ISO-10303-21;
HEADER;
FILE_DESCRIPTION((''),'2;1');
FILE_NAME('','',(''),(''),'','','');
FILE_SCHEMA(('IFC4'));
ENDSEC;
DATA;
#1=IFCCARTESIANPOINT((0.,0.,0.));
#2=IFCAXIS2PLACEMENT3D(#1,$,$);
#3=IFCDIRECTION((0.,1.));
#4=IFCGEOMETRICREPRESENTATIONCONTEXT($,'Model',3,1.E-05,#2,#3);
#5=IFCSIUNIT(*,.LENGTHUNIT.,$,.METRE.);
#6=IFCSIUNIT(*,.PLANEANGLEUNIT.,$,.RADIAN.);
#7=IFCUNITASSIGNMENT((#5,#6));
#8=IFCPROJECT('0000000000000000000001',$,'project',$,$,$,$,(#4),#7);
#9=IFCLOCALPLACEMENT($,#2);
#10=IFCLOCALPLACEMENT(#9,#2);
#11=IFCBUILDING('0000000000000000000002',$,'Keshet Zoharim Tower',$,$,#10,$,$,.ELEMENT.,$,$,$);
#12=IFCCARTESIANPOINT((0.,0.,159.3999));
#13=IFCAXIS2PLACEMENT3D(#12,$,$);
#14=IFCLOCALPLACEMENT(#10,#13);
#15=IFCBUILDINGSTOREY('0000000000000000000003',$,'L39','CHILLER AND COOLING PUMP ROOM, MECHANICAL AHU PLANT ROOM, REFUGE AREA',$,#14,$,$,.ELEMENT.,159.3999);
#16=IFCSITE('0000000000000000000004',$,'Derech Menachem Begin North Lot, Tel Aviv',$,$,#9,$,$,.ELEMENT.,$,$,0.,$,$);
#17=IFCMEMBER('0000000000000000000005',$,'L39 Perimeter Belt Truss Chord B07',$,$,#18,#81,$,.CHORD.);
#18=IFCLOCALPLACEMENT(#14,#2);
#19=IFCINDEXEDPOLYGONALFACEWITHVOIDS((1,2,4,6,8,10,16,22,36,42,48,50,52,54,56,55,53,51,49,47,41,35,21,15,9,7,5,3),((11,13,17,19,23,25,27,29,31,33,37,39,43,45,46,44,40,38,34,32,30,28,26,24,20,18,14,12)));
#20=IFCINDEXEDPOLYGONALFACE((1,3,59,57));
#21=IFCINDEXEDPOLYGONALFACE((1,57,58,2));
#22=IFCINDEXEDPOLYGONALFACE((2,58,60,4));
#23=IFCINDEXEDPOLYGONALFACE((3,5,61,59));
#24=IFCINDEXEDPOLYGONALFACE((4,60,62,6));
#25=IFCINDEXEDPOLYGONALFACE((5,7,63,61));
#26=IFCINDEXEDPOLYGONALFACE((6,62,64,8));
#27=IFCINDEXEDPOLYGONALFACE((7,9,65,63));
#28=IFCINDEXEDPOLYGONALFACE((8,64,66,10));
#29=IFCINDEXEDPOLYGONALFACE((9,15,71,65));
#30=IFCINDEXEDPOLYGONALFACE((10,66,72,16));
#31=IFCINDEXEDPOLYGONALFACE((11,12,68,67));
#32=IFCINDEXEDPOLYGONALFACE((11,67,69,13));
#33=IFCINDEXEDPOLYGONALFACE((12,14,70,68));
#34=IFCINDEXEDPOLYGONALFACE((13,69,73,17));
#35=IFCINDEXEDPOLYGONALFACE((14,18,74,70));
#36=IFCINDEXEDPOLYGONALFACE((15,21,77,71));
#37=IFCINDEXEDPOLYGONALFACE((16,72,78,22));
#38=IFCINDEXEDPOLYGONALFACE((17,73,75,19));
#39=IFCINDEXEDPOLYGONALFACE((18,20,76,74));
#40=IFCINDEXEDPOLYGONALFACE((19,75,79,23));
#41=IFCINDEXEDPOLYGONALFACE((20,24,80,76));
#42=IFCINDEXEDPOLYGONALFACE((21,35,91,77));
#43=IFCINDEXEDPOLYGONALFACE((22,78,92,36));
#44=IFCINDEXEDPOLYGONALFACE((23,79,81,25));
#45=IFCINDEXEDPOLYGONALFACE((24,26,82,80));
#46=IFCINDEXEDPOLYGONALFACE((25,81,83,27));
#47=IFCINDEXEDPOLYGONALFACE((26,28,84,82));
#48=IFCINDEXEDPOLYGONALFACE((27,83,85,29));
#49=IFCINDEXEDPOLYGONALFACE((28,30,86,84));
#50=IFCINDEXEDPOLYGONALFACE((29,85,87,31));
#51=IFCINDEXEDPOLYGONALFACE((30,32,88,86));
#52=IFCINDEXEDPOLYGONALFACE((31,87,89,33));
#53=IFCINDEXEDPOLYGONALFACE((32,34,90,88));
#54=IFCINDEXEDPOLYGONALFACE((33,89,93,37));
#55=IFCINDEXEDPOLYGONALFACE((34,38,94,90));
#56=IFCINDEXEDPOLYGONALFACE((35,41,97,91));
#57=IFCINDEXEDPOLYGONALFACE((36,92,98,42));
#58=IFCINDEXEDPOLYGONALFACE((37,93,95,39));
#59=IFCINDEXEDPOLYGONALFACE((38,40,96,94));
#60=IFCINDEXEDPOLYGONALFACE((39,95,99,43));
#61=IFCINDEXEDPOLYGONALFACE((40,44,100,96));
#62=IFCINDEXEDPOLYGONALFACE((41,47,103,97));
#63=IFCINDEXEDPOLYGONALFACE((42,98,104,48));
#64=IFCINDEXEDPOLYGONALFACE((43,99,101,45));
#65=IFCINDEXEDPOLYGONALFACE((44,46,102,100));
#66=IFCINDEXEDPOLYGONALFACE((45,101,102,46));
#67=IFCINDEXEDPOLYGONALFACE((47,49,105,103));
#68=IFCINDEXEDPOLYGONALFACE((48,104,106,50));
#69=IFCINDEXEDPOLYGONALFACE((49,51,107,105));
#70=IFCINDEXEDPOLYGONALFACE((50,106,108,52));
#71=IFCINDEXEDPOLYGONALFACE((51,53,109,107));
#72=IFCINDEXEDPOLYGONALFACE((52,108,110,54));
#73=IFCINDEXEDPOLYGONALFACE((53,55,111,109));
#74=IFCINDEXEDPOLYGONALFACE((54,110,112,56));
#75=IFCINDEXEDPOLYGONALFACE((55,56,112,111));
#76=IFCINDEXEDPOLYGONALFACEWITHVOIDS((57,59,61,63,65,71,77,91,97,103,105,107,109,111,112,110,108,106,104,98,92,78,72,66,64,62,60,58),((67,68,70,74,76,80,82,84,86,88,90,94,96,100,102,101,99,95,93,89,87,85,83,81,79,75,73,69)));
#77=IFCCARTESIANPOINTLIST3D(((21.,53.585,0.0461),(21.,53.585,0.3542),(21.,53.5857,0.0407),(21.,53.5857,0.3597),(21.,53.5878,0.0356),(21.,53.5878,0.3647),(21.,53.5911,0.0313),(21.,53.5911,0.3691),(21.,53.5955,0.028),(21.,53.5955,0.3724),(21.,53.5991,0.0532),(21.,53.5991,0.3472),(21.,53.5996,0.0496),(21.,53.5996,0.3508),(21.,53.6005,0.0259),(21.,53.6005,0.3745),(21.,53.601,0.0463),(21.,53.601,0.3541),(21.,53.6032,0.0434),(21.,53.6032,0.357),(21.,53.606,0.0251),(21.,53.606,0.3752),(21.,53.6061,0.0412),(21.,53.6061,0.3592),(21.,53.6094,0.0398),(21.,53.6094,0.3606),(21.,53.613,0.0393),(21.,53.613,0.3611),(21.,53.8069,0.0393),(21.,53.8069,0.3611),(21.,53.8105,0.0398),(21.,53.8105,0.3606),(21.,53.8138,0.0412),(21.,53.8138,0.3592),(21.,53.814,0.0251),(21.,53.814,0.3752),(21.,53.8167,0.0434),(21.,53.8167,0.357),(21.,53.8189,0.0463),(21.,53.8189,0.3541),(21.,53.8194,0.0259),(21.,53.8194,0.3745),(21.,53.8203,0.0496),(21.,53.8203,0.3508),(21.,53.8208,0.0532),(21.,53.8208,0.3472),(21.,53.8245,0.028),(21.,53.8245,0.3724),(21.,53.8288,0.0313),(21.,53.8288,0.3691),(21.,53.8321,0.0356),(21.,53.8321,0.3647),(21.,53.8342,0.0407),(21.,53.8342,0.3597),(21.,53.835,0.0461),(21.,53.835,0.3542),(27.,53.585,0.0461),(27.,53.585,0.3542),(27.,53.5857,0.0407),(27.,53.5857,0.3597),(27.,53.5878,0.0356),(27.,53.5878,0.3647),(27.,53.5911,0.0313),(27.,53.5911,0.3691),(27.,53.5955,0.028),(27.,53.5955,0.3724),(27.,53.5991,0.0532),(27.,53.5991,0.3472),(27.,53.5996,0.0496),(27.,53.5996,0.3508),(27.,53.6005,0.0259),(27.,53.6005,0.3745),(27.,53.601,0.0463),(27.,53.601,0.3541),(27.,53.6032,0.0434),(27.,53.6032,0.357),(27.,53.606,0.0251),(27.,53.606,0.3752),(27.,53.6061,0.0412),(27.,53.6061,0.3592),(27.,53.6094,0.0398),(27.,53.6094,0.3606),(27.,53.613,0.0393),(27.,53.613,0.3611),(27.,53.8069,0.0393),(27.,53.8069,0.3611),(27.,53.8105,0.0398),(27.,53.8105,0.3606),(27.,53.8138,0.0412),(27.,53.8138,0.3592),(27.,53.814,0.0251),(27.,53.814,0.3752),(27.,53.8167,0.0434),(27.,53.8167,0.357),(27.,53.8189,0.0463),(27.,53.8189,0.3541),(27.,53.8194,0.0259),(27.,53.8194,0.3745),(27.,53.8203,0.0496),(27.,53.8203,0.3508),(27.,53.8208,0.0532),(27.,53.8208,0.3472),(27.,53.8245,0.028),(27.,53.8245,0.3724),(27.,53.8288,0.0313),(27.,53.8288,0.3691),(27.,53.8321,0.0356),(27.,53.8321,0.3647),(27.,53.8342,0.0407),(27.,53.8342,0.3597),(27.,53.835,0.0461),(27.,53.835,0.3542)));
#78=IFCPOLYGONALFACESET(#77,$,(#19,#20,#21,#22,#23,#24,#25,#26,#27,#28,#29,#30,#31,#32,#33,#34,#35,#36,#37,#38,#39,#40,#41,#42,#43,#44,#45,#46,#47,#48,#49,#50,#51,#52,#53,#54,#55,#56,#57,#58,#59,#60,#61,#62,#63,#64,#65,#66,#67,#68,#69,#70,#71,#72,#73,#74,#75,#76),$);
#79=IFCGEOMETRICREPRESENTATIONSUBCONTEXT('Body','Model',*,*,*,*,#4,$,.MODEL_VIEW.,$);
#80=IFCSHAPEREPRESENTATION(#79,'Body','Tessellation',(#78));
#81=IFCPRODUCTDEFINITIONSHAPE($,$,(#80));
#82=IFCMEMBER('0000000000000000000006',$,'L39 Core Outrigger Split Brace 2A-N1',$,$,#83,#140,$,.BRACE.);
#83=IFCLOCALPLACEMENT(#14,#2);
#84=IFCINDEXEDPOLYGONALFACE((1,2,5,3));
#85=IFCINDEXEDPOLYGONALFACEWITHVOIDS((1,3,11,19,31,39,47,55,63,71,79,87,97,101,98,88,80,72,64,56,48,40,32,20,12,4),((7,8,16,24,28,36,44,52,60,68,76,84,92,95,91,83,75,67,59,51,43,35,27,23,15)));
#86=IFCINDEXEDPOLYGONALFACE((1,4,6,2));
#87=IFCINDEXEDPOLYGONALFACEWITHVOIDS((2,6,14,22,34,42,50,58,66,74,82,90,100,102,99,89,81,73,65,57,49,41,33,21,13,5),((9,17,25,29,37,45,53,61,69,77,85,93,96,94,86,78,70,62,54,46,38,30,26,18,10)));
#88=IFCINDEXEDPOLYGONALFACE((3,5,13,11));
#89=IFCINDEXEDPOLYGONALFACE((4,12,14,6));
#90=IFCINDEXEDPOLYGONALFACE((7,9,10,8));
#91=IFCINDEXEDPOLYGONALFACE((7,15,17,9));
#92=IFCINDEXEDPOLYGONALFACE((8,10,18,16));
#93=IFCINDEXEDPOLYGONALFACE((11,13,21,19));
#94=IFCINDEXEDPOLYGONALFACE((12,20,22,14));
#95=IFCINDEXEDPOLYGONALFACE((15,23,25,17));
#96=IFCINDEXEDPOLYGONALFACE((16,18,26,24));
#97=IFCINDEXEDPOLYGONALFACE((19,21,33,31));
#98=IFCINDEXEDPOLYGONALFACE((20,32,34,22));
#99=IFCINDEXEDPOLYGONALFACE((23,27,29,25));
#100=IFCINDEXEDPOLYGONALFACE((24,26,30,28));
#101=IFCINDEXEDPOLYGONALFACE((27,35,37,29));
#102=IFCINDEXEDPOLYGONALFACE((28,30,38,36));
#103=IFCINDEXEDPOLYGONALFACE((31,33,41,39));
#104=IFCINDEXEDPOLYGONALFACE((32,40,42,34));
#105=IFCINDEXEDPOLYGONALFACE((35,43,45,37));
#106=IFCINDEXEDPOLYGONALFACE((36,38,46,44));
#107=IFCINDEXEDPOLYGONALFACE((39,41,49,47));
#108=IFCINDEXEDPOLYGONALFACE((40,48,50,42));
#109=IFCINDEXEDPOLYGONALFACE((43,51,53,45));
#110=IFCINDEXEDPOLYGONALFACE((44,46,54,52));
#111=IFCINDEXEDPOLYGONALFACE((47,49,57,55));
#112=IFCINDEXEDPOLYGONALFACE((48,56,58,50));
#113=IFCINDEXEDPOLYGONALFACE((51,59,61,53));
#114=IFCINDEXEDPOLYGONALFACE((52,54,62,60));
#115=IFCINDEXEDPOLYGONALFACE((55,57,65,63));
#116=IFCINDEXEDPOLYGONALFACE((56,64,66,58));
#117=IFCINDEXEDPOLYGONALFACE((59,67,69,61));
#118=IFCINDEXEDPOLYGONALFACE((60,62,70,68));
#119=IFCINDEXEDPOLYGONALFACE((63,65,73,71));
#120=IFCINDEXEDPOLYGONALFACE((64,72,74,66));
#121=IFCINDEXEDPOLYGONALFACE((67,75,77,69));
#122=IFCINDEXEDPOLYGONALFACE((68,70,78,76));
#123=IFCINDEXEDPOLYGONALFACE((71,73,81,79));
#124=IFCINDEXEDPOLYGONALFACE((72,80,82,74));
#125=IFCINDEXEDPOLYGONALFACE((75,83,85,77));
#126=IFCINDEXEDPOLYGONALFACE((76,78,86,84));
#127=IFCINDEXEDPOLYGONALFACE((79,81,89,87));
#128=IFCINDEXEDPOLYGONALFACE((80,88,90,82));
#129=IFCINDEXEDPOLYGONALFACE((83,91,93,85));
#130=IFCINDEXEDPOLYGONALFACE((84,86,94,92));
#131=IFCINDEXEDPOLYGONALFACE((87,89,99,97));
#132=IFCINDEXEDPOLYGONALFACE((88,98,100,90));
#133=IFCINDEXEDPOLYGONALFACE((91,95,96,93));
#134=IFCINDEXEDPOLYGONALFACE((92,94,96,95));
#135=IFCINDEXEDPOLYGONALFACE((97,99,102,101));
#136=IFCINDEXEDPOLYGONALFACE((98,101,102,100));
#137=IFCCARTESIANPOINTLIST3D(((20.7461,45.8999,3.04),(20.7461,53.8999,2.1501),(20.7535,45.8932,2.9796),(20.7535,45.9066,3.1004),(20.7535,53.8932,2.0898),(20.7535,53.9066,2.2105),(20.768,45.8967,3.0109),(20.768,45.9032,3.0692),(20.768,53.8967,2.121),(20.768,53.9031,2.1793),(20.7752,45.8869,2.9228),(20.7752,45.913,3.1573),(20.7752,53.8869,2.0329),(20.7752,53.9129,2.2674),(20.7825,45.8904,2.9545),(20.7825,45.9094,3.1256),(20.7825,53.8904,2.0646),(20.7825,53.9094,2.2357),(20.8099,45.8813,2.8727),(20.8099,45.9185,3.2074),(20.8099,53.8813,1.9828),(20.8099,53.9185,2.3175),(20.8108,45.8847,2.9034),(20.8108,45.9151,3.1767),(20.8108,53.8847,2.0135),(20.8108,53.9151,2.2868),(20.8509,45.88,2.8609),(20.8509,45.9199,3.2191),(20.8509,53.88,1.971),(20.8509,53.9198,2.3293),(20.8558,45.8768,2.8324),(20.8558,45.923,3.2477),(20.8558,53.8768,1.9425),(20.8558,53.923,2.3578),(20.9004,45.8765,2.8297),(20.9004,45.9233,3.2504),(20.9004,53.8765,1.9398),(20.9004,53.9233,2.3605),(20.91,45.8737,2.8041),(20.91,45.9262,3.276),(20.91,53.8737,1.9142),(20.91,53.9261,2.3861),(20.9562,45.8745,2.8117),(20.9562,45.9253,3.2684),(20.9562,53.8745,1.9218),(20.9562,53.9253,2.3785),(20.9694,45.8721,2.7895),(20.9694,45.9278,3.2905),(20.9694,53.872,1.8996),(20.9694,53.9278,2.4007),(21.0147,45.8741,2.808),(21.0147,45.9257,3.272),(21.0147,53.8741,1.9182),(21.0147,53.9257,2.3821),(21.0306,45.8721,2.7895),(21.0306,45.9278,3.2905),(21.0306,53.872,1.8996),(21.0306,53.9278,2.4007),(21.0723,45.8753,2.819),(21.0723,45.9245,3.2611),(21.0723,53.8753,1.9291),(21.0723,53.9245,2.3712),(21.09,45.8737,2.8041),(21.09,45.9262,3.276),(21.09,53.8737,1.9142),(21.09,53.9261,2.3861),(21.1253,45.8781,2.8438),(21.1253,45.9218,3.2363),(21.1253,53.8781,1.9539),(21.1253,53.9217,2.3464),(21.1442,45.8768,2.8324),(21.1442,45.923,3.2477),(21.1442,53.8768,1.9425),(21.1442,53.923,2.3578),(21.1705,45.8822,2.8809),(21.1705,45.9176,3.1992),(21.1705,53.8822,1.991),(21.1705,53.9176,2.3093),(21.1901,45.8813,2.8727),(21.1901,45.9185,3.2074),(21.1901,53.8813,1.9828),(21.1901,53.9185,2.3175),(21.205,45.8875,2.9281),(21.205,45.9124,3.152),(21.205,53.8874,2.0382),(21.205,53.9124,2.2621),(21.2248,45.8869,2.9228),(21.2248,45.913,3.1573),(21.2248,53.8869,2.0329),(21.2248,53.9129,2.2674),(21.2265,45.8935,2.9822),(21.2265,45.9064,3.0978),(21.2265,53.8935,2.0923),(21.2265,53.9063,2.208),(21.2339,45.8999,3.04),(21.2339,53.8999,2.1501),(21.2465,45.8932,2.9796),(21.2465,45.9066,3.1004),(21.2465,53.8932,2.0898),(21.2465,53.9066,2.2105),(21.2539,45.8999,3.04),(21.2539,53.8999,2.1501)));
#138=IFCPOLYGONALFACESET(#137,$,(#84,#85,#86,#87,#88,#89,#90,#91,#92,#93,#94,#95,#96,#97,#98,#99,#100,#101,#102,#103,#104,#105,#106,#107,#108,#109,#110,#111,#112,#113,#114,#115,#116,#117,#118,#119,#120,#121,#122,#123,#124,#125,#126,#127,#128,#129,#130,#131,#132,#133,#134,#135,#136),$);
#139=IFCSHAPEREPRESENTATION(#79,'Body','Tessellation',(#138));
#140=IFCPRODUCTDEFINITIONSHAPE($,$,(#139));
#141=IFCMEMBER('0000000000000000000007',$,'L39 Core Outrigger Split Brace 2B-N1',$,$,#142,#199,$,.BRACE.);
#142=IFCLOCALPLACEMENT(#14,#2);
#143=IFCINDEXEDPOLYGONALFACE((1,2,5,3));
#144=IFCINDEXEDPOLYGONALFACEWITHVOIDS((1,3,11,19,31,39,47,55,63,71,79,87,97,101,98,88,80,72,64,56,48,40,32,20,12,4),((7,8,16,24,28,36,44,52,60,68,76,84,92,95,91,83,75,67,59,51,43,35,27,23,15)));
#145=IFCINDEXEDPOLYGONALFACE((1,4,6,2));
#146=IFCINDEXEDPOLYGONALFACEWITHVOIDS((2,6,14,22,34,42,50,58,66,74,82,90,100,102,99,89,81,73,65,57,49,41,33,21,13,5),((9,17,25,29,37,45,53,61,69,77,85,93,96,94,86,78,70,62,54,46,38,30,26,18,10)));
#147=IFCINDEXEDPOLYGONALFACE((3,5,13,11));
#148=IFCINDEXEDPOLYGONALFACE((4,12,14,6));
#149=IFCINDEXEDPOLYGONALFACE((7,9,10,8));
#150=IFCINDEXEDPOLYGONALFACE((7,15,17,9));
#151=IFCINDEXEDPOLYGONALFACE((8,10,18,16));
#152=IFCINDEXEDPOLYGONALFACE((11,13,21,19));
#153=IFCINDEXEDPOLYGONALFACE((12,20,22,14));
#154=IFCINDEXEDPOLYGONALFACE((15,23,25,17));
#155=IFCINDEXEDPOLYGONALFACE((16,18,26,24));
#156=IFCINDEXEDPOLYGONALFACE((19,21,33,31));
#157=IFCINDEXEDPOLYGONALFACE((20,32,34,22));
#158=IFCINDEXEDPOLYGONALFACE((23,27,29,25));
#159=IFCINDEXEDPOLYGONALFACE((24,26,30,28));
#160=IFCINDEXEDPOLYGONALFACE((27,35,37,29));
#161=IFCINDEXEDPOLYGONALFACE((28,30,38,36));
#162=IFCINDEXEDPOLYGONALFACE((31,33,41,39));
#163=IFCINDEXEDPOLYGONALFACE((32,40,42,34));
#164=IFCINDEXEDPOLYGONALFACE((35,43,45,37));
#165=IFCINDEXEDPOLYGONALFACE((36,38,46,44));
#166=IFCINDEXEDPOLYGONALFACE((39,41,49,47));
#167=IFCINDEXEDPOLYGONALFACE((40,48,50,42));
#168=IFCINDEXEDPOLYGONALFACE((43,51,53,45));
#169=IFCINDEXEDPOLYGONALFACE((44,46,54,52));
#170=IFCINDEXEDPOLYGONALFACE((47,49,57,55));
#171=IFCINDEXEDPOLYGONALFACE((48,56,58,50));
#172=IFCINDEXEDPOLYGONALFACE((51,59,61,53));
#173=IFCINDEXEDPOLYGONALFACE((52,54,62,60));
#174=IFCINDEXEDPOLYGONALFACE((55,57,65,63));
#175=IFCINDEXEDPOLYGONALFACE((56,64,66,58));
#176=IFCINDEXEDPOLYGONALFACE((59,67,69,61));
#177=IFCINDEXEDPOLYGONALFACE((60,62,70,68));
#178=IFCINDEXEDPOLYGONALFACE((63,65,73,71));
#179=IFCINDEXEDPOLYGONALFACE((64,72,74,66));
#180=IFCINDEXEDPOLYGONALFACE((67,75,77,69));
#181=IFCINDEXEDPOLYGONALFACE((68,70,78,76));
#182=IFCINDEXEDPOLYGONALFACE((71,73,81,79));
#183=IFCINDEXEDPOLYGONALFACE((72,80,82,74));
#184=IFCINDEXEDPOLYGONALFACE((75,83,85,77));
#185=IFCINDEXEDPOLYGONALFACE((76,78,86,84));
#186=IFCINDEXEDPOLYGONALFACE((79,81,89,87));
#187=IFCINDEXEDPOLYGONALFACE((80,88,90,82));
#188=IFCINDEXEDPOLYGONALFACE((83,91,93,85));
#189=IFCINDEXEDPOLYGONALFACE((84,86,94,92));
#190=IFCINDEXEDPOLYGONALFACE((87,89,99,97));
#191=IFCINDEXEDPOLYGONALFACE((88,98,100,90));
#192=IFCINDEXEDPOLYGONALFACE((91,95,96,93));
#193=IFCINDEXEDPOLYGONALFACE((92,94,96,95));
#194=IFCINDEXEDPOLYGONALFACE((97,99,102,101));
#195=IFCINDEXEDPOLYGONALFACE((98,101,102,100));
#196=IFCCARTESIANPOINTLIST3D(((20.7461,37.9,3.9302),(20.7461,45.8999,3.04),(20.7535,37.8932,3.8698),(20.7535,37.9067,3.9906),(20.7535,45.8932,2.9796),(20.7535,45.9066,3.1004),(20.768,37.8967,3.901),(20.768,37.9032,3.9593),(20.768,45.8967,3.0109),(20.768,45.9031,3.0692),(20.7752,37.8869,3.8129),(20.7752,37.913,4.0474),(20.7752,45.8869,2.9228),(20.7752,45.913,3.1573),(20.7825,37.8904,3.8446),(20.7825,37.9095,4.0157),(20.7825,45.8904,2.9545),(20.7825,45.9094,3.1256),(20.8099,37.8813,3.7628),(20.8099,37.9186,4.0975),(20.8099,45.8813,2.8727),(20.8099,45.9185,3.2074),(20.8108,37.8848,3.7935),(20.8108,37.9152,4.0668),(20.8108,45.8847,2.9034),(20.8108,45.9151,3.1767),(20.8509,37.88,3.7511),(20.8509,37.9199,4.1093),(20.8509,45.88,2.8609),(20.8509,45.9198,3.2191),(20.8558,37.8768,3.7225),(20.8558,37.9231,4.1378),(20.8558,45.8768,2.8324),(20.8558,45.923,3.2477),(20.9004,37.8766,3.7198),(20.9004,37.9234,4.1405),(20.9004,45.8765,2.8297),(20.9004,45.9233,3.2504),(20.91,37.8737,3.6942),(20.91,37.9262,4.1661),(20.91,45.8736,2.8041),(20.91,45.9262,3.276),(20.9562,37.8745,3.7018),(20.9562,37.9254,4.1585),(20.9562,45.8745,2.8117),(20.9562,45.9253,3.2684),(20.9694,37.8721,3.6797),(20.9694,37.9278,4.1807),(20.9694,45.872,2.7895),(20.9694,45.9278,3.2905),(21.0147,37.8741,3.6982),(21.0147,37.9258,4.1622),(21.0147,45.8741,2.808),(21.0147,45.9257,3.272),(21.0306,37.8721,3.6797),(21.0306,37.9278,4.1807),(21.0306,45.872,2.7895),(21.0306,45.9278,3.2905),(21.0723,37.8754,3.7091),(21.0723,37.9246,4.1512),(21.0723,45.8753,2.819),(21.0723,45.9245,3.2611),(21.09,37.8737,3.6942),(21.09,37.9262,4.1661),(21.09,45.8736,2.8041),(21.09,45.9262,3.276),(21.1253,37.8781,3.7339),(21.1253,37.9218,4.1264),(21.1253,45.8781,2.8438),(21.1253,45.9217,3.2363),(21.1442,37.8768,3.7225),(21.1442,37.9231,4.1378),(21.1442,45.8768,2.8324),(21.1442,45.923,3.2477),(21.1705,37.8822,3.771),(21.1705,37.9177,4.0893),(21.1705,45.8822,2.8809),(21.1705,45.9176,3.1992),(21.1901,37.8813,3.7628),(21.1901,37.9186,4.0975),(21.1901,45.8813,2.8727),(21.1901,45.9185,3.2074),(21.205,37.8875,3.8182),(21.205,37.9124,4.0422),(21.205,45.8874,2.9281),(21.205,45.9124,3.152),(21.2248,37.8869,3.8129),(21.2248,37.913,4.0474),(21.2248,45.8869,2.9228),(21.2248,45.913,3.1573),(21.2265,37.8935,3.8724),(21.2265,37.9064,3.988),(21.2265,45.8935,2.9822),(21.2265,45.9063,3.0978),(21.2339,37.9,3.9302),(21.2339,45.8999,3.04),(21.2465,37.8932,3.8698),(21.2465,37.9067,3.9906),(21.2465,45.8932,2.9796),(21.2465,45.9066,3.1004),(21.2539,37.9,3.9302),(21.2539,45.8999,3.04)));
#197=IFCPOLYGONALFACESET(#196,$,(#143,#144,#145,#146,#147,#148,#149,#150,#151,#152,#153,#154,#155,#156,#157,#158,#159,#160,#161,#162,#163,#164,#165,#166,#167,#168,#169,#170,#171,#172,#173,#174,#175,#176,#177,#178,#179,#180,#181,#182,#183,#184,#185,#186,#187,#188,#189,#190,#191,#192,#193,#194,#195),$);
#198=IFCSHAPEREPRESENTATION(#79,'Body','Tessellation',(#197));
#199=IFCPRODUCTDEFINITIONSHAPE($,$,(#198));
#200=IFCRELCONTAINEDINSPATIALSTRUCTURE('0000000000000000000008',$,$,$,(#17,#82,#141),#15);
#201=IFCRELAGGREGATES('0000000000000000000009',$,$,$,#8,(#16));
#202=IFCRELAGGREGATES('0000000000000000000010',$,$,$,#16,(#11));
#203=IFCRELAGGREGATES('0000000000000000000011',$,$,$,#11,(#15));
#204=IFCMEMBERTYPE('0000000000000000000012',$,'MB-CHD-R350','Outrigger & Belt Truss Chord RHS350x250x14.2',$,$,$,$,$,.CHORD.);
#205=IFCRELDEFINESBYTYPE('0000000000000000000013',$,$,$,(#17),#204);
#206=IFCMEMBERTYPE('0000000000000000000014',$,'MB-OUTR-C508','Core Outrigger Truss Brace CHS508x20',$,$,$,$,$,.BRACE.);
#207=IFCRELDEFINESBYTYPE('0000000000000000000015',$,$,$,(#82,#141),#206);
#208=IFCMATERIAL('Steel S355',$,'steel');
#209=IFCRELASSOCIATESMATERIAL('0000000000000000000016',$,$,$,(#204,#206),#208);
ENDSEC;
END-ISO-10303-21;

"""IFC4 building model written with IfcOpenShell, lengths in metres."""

from ifc_helpers import new_model, si_unit, direction, frame, origin, origin_2d, place, context, subcontext, project, spatial, hollow_rectangle, hollow_circle, extrude, material, material_profile, profile_set, type_object, element, save


model = new_model("IFC4")

# Units and contexts
model_context = context("Model", 3, precision=1e-05, world=origin(), true_north=direction((0.0, 1.0)))
body_context = subcontext(model_context, "Body", "Model", "MODEL_VIEW")
ifc_project = project(units=[si_unit("LENGTHUNIT", "METRE"), si_unit("PLANEANGLEUNIT", "RADIAN")], contexts=[model_context])

# Site, building, storey
site_placement = place(None, origin())
site = spatial("IfcSite", under=ifc_project, at=site_placement, Name="Derech Menachem Begin North Lot, Tel Aviv", CompositionType="ELEMENT", RefElevation=0.0)
building_placement = place(site_placement, origin())
building = spatial("IfcBuilding", under=site, at=building_placement, Name="Keshet Zoharim Tower", CompositionType="ELEMENT")
storey_placement = place(building_placement, frame((0.0, 0.0, 159.3999)))
storey = spatial("IfcBuildingStorey", under=building, at=storey_placement, Name="L39", Description="CHILLER AND COOLING PUMP ROOM, MECHANICAL AHU PLANT ROOM, REFUGE AREA", CompositionType="ELEMENT", Elevation=159.3999)

# Shared definitions
ifc_material_1 = material(Name="Steel S355", Category="steel")

# Members
ifc_material_profile_1 = material_profile(ifc_material_1, hollow_rectangle(XDim=0.25, YDim=0.3501, WallThickness=0.0142, InnerFilletRadius=0.0139, OuterFilletRadius=0.021, at=origin_2d()), Name="RHS350x250x14.2")
ifc_profile_set_1 = profile_set([ifc_material_profile_1], Name="Steel S355")
member_type_1 = type_object("IfcMemberType", Name="MB-CHD-R350", Description="Outrigger & Belt Truss Chord RHS350x250x14.2", PredefinedType="CHORD", material=ifc_profile_set_1)
member_1_placement = place(storey_placement, frame((21.0, 53.71, 0.2002), z_axis=(1.0, 0.0, 0.0), x_axis=(0.0, 1.0, 0.0)))
element("IfcMember", 1, at=member_1_placement, inside=storey, type_object=member_type_1, Name="L39 Perimeter Belt Truss Chord B07", PredefinedType="CHORD", context=body_context, shape_type="SweptSolid", body=[
    extrude(hollow_rectangle(XDim=0.25, YDim=0.3501, WallThickness=0.0142, InnerFilletRadius=0.0139, OuterFilletRadius=0.021, at=origin_2d()), origin(), (0.0, 0.0, 1.0), 6.0),
])
ifc_material_profile_2 = material_profile(ifc_material_1, hollow_circle(Radius=0.2539, WallThickness=0.02, at=origin_2d()), Name="CHS508x20")
ifc_profile_set_2 = profile_set([ifc_material_profile_2], Name="Steel S355")
member_type_2 = type_object("IfcMemberType", Name="MB-OUTR-C508", Description="Core Outrigger Truss Brace CHS508x20", PredefinedType="BRACE", material=ifc_profile_set_2)
for number, where, z_axis, x_axis, name in (
    (2, (21.0, 53.8999, 2.1501), (0.0, -0.99387, 0.110555), (1.0, 0.0, 0.0), "L39 Core Outrigger Split Brace 2A-N1"),
    (3, (21.0, 45.8999, 3.04), (0.0, -0.993867, 0.110585), (1.0, 0.0, 0.0), "L39 Core Outrigger Split Brace 2B-N1"),
):
    element("IfcMember", number, at=place(storey_placement, frame(where, z_axis=z_axis, x_axis=x_axis)), inside=storey, type_object=member_type_2, Name=name, PredefinedType="BRACE", context=body_context, shape_type="SweptSolid", body=[
        extrude(hollow_circle(Radius=0.2539, WallThickness=0.02, at=origin_2d()), origin(), (0.0, 0.0, 1.0), 8.0493),
    ])

save(model, "model.ifc")
